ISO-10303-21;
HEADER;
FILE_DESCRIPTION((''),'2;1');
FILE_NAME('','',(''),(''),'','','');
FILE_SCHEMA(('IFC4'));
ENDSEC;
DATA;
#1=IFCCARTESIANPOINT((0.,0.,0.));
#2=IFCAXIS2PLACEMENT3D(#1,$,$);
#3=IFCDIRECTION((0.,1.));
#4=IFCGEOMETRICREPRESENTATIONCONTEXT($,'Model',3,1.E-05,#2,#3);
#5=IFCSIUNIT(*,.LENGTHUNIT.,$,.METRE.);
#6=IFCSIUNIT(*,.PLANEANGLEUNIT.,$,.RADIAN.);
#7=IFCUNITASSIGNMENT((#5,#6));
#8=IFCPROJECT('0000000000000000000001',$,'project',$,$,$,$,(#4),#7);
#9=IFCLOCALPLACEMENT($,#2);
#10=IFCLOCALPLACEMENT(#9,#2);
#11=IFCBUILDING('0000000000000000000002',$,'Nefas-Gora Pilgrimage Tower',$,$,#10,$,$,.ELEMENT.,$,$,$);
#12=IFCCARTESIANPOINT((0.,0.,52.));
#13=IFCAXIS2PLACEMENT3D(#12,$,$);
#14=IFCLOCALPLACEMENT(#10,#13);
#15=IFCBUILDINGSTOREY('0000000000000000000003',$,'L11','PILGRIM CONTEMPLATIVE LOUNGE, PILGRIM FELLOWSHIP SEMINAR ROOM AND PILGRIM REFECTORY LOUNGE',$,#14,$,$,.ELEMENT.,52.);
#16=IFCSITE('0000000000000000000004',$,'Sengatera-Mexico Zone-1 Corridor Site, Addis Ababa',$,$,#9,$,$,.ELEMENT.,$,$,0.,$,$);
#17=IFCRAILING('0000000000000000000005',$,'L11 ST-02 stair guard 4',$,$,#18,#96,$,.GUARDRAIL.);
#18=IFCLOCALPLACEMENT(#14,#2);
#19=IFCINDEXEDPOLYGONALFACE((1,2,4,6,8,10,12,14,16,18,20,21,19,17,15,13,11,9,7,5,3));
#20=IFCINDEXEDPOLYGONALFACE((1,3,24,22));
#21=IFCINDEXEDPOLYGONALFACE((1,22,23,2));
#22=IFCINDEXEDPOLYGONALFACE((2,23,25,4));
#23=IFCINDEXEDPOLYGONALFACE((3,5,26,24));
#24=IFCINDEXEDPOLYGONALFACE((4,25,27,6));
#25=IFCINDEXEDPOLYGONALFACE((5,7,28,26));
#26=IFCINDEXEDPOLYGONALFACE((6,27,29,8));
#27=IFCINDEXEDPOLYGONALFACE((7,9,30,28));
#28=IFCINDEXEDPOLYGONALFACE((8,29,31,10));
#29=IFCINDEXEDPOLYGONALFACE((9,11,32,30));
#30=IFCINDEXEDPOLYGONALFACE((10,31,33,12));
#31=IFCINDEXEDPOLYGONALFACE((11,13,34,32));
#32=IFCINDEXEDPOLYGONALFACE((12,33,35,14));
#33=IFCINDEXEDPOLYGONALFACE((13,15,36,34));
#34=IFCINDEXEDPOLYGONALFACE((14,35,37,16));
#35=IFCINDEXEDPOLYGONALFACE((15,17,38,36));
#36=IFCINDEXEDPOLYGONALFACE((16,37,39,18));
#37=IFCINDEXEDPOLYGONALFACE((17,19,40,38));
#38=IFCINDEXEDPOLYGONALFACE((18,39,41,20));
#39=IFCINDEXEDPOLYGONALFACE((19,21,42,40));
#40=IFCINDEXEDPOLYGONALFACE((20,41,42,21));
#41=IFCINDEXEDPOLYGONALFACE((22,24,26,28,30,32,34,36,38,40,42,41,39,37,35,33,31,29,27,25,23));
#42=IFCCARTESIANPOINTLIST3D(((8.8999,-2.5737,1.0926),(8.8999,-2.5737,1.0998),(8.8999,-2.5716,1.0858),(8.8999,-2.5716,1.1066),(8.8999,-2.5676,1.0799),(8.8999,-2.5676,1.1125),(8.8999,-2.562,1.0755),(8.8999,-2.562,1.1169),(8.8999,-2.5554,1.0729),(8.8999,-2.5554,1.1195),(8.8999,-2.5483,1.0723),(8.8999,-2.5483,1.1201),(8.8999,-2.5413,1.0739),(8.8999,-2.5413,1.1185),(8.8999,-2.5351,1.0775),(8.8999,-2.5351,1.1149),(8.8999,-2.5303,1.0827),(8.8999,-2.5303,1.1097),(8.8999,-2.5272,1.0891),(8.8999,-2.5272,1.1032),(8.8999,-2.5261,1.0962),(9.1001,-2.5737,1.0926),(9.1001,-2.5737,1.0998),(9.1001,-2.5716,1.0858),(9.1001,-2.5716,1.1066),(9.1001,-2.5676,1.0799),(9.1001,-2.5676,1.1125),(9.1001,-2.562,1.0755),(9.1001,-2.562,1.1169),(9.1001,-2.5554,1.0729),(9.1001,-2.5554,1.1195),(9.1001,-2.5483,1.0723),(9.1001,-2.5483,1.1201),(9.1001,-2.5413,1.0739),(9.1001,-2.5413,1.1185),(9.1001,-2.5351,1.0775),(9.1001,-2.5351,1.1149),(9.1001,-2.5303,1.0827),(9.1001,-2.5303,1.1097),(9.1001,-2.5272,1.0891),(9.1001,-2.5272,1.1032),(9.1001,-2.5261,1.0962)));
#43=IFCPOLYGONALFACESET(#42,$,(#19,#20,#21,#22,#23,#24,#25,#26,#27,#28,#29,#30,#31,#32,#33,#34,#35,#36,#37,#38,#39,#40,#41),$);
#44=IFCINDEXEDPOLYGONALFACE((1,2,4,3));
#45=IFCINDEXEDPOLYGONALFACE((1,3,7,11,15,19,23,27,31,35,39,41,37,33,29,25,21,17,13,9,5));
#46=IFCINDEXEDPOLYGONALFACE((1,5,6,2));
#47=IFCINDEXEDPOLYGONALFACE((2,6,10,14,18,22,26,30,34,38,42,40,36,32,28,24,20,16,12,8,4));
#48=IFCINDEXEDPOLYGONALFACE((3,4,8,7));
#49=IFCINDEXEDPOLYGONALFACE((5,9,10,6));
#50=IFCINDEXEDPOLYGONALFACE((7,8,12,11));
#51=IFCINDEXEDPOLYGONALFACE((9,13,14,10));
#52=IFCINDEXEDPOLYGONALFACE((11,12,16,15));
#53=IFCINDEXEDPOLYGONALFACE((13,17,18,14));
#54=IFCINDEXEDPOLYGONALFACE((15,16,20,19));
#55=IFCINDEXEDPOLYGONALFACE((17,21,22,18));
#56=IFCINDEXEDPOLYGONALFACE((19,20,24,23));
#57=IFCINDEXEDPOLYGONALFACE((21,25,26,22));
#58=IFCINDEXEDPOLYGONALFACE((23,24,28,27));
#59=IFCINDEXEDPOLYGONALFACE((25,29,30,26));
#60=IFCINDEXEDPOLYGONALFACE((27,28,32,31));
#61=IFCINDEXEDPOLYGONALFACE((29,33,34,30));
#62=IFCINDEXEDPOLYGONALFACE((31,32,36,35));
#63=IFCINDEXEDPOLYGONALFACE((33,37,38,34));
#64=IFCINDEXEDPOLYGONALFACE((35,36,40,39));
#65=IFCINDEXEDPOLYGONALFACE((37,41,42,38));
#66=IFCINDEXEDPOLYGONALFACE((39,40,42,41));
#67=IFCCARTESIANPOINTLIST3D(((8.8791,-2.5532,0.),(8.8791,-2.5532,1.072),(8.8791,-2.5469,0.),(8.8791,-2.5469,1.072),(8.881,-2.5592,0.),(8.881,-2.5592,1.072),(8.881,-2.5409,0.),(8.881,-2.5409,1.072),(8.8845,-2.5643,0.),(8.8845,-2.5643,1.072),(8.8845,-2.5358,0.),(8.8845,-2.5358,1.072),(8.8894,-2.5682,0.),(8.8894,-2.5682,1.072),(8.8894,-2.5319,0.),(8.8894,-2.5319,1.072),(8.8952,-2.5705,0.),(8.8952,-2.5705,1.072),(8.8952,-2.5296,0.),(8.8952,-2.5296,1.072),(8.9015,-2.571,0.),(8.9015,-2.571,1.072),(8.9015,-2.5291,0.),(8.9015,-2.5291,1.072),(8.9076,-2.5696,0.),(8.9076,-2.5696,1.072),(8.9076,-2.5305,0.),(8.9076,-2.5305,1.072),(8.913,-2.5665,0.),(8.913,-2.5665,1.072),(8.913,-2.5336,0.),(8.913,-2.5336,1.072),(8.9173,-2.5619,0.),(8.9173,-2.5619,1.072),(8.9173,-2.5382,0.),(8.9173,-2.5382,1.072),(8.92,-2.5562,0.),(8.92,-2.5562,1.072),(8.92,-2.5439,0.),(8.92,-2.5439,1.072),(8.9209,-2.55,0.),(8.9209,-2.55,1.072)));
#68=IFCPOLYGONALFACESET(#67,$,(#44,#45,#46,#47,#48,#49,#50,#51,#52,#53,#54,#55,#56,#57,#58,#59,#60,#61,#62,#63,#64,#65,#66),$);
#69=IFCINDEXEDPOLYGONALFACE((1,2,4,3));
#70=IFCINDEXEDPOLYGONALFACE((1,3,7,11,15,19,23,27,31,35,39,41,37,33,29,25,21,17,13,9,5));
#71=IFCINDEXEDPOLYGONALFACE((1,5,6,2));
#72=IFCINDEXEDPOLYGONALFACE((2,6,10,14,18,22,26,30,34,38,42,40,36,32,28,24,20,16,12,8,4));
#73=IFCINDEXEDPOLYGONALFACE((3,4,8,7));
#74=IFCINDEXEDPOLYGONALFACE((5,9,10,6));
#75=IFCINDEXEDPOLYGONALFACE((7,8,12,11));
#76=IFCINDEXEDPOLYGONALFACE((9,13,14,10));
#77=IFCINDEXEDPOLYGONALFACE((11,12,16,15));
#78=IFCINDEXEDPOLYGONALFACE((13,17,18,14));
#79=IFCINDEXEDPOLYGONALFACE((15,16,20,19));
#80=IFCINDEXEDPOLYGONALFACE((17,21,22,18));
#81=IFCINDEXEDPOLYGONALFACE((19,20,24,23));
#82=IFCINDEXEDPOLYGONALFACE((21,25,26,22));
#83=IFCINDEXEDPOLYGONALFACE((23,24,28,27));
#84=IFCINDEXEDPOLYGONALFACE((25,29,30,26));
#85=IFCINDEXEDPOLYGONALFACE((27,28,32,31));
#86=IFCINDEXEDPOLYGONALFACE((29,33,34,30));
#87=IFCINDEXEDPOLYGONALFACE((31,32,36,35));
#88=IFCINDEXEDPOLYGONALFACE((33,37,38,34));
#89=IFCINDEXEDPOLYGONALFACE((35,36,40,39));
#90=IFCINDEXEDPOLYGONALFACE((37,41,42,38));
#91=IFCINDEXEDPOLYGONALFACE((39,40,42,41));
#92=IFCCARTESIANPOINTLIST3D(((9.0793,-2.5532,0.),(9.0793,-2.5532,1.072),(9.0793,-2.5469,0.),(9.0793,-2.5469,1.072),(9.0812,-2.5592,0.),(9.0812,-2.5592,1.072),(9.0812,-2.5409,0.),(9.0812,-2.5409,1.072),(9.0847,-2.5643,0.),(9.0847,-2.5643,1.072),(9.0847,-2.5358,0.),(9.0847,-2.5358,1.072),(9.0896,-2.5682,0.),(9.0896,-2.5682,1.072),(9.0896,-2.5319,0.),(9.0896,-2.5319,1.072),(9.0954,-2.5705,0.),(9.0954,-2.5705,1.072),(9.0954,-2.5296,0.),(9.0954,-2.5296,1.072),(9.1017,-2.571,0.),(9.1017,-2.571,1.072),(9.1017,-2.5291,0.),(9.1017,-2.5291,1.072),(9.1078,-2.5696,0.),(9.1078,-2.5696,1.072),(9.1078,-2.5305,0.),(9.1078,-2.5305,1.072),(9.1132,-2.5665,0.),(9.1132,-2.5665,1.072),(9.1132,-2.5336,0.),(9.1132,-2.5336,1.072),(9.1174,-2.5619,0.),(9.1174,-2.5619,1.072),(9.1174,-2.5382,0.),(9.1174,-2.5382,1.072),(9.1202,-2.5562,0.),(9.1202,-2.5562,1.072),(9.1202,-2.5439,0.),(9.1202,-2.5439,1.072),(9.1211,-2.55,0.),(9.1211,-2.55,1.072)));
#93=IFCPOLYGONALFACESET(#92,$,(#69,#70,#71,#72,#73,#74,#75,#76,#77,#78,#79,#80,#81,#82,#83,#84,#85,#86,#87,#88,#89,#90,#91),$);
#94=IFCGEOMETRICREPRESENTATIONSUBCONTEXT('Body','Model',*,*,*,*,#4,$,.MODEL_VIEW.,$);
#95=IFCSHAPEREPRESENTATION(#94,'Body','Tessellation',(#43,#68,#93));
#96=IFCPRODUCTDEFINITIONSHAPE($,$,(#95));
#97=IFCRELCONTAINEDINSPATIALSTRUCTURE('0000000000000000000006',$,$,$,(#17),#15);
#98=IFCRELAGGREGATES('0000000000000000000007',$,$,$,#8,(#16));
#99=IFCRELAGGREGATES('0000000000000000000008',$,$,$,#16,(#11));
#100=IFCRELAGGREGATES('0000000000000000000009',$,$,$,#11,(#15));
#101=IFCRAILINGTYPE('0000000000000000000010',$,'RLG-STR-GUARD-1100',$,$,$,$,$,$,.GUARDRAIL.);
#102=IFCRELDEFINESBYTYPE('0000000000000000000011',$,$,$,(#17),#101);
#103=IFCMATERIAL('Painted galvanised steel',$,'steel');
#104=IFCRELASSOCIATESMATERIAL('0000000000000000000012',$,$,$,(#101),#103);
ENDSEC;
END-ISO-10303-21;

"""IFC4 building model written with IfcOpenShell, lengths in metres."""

from ifc_helpers import new_model, si_unit, direction, frame, origin, origin_2d, place, context, subcontext, project, spatial, circle, extrude, material, type_object, element, save


model = new_model("IFC4")

# Units and contexts
model_context = context("Model", 3, precision=1e-05, world=origin(), true_north=direction((0.0, 1.0)))
body_context = subcontext(model_context, "Body", "Model", "MODEL_VIEW")
ifc_project = project(units=[si_unit("LENGTHUNIT", "METRE"), si_unit("PLANEANGLEUNIT", "RADIAN")], contexts=[model_context])

# Site, building, storey
site_placement = place(None, origin())
site = spatial("IfcSite", under=ifc_project, at=site_placement, Name="Sengatera-Mexico Zone-1 Corridor Site, Addis Ababa", CompositionType="ELEMENT", RefElevation=0.0)
building_placement = place(site_placement, origin())
building = spatial("IfcBuilding", under=site, at=building_placement, Name="Nefas-Gora Pilgrimage Tower", CompositionType="ELEMENT")
storey_placement = place(building_placement, frame((0.0, 0.0, 52.0)))
storey = spatial("IfcBuildingStorey", under=building, at=storey_placement, Name="L11", Description="PILGRIM CONTEMPLATIVE LOUNGE, PILGRIM FELLOWSHIP SEMINAR ROOM AND PILGRIM REFECTORY LOUNGE", CompositionType="ELEMENT", Elevation=52.0)

# Railing
ifc_material_1 = material(Name="Painted galvanised steel", Category="steel")
railing_type_1 = type_object("IfcRailingType", Name="RLG-STR-GUARD-1100", PredefinedType="GUARDRAIL", material=ifc_material_1)
railing_1_placement = place(storey_placement, frame((8.8999, -2.55, 0.0)))
element("IfcRailing", 1, at=railing_1_placement, inside=storey, type_object=railing_type_1, Name="L11 ST-02 stair guard 4", PredefinedType="GUARDRAIL", context=body_context, shape_type="SweptSolid", body=[
    extrude(circle(Radius=0.0239, at=origin_2d()), frame((0.0, 0.0, 1.0962), z_axis=(1.0, 0.0, 0.0), x_axis=(0.0, 1.0, 0.0)), (0.0, 0.0, 1.0), 0.2002),
    extrude(circle(Radius=0.021, at=origin_2d()), origin(), (0.0, 0.0, 1.0), 1.072),
    extrude(circle(Radius=0.021, at=origin_2d()), frame((0.2002, 0.0, 0.0)), (0.0, 0.0, 1.0), 1.072),
])

save(model, "model.ifc")
